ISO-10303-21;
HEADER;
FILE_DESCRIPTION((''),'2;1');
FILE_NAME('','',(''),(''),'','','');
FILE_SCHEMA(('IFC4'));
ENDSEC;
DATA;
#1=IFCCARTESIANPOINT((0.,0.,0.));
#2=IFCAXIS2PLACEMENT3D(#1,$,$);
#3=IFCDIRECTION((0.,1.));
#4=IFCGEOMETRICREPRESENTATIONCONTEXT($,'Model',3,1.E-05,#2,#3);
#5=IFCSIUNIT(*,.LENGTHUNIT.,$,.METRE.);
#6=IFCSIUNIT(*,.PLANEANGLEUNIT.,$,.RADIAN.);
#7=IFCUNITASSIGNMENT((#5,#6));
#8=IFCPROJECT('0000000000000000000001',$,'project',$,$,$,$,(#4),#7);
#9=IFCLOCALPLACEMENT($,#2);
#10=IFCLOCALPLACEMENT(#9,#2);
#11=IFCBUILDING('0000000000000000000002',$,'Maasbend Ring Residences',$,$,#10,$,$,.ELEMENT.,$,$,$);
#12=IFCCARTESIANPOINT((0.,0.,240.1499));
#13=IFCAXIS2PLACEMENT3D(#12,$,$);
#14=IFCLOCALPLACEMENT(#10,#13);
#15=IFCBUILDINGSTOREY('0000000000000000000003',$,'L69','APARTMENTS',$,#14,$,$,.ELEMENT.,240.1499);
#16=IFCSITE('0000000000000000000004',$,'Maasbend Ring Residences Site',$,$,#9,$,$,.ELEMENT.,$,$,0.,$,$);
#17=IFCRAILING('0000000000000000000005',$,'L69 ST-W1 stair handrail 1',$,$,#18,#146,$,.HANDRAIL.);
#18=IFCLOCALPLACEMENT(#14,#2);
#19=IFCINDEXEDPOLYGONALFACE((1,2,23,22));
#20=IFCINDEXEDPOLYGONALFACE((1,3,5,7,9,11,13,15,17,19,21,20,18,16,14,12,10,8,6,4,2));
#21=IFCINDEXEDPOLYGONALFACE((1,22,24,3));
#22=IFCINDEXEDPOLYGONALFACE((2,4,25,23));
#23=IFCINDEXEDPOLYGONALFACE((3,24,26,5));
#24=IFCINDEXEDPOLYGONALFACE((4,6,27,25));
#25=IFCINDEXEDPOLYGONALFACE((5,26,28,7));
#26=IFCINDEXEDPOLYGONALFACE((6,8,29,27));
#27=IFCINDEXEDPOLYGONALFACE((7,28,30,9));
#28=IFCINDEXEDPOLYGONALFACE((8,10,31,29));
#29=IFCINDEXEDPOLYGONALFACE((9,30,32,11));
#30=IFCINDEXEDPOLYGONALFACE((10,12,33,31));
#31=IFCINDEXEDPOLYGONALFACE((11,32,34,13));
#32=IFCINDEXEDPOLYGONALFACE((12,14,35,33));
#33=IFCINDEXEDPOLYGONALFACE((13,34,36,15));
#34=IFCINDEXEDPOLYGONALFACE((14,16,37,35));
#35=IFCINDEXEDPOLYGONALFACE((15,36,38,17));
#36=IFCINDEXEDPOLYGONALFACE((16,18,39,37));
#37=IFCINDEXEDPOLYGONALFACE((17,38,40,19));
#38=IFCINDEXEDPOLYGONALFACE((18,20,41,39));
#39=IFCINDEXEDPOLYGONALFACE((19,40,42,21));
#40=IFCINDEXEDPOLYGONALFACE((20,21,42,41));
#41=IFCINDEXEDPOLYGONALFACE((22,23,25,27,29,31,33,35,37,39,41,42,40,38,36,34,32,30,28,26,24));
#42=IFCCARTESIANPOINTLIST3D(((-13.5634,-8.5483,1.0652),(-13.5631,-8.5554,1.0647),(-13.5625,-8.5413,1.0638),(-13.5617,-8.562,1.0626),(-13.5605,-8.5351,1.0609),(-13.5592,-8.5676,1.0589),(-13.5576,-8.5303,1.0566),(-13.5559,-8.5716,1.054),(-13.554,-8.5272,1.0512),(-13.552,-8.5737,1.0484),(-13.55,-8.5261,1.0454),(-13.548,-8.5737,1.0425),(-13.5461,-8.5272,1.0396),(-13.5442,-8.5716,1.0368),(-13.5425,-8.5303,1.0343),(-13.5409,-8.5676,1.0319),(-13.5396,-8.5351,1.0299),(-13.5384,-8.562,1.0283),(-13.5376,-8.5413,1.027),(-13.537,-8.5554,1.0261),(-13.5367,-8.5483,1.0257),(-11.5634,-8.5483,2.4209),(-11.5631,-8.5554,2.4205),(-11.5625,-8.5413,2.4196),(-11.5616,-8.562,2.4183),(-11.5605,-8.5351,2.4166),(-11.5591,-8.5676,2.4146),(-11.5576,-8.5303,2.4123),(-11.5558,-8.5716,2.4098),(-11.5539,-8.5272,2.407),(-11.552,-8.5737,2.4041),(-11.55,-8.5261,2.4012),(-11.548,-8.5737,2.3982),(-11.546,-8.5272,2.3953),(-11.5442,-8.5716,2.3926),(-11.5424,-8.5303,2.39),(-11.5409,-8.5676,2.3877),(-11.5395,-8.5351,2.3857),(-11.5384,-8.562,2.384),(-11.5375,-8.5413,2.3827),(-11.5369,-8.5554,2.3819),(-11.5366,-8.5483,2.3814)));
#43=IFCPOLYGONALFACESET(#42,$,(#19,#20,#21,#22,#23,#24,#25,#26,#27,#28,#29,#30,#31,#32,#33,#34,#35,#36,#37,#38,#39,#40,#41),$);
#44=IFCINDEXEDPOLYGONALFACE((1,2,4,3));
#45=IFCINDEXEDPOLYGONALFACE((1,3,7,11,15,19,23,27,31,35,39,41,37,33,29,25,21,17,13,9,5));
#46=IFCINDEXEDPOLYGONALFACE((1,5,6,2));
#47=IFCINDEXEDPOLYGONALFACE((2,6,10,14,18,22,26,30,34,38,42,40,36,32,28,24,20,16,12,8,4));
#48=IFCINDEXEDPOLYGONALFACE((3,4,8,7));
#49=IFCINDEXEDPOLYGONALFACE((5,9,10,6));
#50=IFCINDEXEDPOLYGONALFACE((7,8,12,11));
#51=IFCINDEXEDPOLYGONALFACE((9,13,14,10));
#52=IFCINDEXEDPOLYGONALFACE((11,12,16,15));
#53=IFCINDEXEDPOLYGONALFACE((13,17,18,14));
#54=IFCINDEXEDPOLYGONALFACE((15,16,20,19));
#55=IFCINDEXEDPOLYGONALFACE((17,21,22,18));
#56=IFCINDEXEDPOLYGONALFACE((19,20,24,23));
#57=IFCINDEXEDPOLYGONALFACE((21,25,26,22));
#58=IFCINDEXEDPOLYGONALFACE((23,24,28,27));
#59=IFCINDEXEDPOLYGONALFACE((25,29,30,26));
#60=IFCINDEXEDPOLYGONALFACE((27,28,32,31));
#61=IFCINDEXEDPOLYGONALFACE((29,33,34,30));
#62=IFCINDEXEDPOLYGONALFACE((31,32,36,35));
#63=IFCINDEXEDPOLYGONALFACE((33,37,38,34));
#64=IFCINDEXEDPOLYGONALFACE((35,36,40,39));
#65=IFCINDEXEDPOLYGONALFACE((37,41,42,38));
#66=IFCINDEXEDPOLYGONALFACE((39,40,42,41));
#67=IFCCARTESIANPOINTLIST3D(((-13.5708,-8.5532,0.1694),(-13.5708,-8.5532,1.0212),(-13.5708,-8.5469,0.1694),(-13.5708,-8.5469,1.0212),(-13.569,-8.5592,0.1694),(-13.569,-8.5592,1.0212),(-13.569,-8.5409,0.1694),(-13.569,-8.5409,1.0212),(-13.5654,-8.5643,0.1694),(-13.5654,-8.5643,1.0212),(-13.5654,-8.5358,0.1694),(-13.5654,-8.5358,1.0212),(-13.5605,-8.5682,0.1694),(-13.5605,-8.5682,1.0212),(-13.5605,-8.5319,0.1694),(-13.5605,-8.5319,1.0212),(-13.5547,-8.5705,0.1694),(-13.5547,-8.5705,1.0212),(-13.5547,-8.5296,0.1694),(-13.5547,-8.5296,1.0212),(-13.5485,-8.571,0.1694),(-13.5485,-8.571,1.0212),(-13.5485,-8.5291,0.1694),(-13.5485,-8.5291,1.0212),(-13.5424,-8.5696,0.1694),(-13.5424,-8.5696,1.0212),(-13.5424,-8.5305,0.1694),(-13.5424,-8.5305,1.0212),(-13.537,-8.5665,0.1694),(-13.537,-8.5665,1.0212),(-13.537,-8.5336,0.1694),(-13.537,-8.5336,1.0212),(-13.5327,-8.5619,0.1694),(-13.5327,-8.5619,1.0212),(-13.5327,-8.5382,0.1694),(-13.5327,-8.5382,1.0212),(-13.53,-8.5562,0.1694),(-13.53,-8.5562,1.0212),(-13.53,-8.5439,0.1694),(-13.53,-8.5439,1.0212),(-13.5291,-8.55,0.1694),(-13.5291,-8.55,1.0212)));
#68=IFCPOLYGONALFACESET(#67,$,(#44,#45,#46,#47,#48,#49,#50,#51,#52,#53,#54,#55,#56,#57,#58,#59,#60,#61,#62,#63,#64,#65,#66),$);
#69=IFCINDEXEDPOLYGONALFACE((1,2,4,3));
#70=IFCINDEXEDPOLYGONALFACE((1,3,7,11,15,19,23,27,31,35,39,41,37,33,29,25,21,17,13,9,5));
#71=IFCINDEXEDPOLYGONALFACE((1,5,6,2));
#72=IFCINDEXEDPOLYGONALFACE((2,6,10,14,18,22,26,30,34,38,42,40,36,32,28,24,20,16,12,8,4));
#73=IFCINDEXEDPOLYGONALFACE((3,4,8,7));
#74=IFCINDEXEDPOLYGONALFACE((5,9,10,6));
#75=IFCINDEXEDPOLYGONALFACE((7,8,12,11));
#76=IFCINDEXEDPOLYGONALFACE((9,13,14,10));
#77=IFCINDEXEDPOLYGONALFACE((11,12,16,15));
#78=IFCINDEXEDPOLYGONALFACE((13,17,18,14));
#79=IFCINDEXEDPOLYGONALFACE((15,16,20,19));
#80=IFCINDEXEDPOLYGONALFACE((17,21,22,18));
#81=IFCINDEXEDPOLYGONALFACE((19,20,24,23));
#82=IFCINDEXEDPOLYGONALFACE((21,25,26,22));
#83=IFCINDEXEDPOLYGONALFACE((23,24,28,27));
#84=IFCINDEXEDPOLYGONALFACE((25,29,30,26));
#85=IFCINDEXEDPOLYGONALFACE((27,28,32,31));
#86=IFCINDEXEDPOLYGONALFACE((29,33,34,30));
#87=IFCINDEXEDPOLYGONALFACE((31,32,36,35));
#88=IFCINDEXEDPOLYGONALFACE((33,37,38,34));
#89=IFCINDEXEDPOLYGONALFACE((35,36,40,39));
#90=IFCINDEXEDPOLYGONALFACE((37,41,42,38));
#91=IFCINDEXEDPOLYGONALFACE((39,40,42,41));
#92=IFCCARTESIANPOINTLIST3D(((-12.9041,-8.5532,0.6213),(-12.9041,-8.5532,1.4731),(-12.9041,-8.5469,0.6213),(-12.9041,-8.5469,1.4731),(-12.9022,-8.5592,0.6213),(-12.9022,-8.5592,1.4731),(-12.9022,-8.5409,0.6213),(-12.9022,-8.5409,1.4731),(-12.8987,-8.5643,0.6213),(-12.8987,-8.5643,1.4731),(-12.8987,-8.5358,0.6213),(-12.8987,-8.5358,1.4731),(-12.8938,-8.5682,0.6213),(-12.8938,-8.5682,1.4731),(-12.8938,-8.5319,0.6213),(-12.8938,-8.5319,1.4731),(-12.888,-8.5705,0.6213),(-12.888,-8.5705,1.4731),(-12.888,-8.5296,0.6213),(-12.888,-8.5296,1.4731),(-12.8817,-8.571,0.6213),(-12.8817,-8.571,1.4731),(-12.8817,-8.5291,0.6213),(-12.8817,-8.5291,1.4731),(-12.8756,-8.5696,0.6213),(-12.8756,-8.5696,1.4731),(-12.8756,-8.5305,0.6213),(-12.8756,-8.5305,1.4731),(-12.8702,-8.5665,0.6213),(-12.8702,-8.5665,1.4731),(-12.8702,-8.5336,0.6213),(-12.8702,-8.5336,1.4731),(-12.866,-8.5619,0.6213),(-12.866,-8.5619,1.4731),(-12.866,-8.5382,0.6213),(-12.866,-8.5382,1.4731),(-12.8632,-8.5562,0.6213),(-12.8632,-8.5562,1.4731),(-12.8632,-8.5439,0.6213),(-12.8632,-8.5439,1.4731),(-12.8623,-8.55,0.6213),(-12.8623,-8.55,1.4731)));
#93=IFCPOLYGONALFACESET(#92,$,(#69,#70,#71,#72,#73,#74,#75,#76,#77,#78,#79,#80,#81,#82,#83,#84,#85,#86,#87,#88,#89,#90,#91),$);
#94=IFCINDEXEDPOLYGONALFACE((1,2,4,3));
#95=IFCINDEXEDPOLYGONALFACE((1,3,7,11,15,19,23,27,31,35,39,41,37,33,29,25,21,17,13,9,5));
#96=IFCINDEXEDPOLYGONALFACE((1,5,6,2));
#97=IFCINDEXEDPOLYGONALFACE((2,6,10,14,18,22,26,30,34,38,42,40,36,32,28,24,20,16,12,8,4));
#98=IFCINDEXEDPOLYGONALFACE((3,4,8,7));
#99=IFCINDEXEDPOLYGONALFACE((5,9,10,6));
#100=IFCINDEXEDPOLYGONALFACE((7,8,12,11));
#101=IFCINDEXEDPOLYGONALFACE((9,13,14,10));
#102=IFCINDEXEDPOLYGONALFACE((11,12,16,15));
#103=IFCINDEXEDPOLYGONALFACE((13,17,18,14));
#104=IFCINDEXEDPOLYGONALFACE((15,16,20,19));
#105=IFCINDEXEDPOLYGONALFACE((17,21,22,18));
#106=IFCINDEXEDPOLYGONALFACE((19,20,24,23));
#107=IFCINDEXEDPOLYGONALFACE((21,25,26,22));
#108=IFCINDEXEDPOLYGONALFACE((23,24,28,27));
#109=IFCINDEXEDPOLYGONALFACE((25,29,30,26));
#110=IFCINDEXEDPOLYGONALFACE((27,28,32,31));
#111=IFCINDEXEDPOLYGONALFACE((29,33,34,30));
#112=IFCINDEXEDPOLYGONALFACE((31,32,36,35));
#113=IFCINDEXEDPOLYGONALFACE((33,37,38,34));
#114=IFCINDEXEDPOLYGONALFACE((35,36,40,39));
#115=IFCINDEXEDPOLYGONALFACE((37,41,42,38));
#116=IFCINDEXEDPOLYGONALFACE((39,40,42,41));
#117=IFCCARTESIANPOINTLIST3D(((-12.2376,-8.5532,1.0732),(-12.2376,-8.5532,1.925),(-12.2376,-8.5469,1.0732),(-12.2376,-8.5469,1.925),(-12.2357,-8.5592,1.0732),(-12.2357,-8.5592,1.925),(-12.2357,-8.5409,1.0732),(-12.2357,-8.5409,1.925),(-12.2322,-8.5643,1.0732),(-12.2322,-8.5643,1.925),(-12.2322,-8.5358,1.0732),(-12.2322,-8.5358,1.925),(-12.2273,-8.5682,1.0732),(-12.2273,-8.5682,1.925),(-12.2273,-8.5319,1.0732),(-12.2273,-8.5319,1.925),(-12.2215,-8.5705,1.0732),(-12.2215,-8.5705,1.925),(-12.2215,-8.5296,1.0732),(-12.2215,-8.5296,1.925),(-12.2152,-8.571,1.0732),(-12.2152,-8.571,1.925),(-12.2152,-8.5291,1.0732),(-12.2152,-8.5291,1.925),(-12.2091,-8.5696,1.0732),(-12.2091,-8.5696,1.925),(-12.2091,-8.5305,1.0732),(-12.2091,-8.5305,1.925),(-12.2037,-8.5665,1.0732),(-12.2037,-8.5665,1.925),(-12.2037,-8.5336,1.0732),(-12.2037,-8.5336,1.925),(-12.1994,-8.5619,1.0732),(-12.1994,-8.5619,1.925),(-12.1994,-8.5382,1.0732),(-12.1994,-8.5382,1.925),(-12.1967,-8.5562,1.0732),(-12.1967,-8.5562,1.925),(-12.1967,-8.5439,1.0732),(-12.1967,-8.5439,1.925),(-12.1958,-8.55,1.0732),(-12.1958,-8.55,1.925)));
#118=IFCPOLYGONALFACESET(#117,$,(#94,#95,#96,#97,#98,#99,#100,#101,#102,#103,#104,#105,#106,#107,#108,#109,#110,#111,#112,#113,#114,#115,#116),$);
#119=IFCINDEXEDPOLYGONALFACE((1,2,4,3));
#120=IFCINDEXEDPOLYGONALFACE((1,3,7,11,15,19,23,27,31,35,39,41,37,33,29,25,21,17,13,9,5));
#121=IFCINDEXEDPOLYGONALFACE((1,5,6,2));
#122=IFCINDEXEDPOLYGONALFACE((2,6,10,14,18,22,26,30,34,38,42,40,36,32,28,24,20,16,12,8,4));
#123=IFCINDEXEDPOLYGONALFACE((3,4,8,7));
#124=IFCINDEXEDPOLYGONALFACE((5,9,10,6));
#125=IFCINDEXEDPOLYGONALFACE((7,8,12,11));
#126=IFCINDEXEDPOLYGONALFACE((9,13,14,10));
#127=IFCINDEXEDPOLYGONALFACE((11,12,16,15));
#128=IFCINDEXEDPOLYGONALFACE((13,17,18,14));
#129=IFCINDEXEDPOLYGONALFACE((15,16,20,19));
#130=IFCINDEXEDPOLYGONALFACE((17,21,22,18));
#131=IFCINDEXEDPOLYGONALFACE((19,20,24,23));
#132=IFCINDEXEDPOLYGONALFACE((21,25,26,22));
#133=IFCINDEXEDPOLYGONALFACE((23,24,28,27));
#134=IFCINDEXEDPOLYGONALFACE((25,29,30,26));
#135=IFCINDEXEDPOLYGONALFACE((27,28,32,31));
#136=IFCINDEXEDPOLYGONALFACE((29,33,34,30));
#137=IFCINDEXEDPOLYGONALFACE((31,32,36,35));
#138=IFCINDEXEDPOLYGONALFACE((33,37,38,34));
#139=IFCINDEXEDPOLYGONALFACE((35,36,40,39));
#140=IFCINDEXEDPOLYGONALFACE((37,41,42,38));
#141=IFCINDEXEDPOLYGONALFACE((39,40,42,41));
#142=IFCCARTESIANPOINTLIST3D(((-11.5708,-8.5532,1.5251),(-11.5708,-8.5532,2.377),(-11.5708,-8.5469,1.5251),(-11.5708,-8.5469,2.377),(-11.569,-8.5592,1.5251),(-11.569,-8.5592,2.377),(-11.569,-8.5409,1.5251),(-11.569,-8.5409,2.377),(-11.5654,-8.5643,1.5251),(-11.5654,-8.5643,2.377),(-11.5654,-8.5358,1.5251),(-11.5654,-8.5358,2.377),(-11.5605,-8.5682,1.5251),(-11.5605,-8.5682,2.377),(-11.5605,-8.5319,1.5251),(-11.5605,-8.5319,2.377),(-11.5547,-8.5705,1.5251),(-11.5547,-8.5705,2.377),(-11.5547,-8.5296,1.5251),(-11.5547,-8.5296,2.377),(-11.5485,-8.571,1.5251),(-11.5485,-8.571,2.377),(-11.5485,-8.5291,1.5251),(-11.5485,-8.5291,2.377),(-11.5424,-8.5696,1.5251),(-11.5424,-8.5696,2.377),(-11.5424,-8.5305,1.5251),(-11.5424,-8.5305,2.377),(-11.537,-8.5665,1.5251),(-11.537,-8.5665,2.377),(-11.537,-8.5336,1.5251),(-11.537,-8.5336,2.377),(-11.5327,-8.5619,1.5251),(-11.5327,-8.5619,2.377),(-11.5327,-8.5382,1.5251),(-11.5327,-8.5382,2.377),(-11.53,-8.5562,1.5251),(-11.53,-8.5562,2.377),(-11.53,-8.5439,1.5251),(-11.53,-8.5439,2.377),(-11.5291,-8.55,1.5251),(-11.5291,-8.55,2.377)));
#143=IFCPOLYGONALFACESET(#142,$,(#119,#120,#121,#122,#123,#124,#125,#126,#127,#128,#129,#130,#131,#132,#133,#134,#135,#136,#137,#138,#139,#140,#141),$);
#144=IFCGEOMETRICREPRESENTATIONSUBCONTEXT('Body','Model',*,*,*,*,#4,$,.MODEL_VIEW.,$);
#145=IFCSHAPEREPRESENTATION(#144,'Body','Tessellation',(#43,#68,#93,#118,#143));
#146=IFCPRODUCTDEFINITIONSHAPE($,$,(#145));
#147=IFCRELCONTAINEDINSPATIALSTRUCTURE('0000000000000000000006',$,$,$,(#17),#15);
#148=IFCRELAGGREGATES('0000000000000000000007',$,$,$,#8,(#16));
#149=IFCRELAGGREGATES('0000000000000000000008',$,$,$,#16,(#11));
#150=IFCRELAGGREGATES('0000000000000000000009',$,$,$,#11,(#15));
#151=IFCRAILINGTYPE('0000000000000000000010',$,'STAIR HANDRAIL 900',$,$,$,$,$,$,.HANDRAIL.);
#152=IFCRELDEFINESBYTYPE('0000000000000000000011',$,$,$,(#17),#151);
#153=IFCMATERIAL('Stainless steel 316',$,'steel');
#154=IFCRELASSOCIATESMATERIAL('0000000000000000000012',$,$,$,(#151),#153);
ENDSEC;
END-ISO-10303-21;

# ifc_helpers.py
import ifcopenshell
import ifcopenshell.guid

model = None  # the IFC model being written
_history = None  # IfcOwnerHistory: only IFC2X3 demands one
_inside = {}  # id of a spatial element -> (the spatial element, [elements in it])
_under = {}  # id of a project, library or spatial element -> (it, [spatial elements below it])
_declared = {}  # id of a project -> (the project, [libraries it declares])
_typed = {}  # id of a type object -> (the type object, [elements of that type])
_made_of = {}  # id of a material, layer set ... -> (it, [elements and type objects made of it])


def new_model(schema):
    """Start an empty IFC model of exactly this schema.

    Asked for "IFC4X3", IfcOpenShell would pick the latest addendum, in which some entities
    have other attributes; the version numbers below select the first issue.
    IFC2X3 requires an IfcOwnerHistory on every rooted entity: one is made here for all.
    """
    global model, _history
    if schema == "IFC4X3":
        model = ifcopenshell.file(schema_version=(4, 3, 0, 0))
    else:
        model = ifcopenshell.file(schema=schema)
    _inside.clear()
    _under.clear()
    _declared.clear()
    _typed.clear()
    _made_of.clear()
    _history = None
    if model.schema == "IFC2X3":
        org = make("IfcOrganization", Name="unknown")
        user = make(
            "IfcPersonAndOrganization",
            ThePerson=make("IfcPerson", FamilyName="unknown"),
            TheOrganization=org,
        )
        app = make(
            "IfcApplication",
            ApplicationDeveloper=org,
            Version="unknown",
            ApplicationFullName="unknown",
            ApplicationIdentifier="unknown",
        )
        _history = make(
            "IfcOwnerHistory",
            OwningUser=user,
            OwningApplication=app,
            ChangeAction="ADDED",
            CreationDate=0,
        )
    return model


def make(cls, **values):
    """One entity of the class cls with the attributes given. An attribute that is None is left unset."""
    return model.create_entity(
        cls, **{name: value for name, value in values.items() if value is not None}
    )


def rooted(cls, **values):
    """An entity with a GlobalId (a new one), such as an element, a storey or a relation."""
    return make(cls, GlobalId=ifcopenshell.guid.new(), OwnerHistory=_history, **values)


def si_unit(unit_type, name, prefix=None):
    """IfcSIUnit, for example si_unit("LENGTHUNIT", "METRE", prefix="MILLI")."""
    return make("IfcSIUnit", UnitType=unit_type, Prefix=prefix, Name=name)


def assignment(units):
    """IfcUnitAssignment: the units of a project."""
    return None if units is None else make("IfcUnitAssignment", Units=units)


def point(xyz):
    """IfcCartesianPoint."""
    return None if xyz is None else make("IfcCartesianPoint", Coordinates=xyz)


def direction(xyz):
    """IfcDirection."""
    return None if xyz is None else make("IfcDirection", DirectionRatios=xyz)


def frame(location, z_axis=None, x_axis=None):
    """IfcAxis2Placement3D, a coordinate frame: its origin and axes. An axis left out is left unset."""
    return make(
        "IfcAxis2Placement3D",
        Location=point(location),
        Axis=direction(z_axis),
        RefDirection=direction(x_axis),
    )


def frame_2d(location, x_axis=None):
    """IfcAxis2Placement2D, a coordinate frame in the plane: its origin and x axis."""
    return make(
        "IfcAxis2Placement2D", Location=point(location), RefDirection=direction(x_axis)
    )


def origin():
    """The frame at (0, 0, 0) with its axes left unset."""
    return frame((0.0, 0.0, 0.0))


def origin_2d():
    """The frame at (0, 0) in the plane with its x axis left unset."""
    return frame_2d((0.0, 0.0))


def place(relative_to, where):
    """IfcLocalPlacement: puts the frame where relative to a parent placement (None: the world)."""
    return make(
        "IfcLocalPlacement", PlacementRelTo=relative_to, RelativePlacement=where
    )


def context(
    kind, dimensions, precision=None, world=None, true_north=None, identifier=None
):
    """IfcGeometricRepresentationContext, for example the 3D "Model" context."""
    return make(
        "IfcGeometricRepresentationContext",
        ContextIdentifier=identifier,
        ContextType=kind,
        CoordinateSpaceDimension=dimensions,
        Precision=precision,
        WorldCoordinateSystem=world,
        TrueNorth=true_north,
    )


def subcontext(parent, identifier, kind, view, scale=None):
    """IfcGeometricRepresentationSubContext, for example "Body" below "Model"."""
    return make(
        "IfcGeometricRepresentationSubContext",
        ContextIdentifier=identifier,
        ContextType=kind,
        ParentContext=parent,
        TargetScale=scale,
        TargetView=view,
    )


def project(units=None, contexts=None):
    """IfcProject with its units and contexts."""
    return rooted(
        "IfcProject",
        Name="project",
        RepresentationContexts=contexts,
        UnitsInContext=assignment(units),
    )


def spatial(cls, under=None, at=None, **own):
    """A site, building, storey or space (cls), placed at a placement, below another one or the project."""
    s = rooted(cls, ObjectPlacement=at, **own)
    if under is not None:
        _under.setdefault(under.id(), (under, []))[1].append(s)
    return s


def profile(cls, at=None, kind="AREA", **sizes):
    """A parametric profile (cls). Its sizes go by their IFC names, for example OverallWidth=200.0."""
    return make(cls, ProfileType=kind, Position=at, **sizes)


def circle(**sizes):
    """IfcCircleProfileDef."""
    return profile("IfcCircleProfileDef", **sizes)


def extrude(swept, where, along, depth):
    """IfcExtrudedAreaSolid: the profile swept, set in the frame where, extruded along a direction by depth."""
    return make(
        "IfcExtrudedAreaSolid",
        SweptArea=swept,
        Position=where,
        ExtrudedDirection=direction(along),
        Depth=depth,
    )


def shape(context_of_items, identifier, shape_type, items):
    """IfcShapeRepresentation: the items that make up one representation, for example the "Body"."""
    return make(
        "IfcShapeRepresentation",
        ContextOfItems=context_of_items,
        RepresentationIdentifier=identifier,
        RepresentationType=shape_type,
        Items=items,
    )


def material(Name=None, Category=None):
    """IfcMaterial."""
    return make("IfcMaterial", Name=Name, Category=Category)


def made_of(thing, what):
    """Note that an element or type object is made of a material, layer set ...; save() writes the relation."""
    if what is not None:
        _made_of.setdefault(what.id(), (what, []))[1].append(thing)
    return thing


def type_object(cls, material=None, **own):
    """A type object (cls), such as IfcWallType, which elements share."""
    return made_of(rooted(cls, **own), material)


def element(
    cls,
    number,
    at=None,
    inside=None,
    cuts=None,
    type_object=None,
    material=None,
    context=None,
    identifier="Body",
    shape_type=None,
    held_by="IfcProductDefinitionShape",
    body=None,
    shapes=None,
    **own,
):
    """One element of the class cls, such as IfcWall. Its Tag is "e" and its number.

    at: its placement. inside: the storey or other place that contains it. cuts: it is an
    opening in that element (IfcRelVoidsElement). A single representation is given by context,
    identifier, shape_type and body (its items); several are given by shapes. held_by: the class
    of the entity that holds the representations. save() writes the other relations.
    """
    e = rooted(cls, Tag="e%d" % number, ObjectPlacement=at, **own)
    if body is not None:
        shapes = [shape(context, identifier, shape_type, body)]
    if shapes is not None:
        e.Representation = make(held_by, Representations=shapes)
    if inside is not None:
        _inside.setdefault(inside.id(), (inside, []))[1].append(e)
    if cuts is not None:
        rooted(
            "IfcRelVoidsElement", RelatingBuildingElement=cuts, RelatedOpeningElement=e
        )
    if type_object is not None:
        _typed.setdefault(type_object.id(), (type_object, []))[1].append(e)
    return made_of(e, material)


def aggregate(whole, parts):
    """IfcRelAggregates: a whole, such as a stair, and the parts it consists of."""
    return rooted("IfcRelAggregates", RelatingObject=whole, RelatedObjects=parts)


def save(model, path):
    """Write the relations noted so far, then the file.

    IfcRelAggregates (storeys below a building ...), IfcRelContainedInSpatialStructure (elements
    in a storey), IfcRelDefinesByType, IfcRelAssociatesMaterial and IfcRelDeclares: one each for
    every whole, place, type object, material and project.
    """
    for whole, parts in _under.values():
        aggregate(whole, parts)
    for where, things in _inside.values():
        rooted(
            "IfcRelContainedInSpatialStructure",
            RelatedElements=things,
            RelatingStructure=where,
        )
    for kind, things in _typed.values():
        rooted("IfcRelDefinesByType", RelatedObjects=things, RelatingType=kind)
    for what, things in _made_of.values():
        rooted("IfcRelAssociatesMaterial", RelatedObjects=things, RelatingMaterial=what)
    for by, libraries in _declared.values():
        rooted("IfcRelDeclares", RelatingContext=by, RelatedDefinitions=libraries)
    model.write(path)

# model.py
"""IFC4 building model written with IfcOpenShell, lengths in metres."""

from ifc_helpers import new_model, si_unit, direction, frame, origin, origin_2d, place, context, subcontext, project, spatial, circle, extrude, material, type_object, element, save


model = new_model("IFC4")

# Units and contexts
model_context = context("Model", 3, precision=1e-05, world=origin(), true_north=direction((0.0, 1.0)))
body_context = subcontext(model_context, "Body", "Model", "MODEL_VIEW")
ifc_project = project(units=[si_unit("LENGTHUNIT", "METRE"), si_unit("PLANEANGLEUNIT", "RADIAN")], contexts=[model_context])

# Site, building, storey
site_placement = place(None, origin())
site = spatial("IfcSite", under=ifc_project, at=site_placement, Name="Maasbend Ring Residences Site", CompositionType="ELEMENT", RefElevation=0.0)
building_placement = place(site_placement, origin())
building = spatial("IfcBuilding", under=site, at=building_placement, Name="Maasbend Ring Residences", CompositionType="ELEMENT")
storey_placement = place(building_placement, frame((0.0, 0.0, 240.1499)))
storey = spatial("IfcBuildingStorey", under=building, at=storey_placement, Name="L69", Description="APARTMENTS", CompositionType="ELEMENT", Elevation=240.1499)

# Railing
ifc_material_1 = material(Name="Stainless steel 316", Category="steel")
railing_type_1 = type_object("IfcRailingType", Name="STAIR HANDRAIL 900", PredefinedType="HANDRAIL", material=ifc_material_1)
railing_1_placement = place(storey_placement, frame((-13.55, -8.55, 0.1694)))
element("IfcRailing", 1, at=railing_1_placement, inside=storey, type_object=railing_type_1, Name="L69 ST-W1 stair handrail 1", PredefinedType="HANDRAIL", context=body_context, shape_type="SweptSolid", body=[
    extrude(circle(Radius=0.0239, at=origin_2d()), frame((0.0, 0.0, 0.876), z_axis=(0.827751, 0.0, 0.561096), x_axis=(0.0, 1.0, 0.0)), (0.0, 0.0, 1.0), 2.4163),
    extrude(circle(Radius=0.021, at=origin_2d()), origin(), (0.0, 0.0, 1.0), 0.8518),
    extrude(circle(Radius=0.021, at=origin_2d()), frame((0.6667, 0.0, 0.4519)), (0.0, 0.0, 1.0), 0.8518),
    extrude(circle(Radius=0.021, at=origin_2d()), frame((1.3333, 0.0, 0.9038)), (0.0, 0.0, 1.0), 0.8518),
    extrude(circle(Radius=0.021, at=origin_2d()), frame((2.0, 0.0, 1.3557)), (0.0, 0.0, 1.0), 0.8518),
])

save(model, "model.ifc")
